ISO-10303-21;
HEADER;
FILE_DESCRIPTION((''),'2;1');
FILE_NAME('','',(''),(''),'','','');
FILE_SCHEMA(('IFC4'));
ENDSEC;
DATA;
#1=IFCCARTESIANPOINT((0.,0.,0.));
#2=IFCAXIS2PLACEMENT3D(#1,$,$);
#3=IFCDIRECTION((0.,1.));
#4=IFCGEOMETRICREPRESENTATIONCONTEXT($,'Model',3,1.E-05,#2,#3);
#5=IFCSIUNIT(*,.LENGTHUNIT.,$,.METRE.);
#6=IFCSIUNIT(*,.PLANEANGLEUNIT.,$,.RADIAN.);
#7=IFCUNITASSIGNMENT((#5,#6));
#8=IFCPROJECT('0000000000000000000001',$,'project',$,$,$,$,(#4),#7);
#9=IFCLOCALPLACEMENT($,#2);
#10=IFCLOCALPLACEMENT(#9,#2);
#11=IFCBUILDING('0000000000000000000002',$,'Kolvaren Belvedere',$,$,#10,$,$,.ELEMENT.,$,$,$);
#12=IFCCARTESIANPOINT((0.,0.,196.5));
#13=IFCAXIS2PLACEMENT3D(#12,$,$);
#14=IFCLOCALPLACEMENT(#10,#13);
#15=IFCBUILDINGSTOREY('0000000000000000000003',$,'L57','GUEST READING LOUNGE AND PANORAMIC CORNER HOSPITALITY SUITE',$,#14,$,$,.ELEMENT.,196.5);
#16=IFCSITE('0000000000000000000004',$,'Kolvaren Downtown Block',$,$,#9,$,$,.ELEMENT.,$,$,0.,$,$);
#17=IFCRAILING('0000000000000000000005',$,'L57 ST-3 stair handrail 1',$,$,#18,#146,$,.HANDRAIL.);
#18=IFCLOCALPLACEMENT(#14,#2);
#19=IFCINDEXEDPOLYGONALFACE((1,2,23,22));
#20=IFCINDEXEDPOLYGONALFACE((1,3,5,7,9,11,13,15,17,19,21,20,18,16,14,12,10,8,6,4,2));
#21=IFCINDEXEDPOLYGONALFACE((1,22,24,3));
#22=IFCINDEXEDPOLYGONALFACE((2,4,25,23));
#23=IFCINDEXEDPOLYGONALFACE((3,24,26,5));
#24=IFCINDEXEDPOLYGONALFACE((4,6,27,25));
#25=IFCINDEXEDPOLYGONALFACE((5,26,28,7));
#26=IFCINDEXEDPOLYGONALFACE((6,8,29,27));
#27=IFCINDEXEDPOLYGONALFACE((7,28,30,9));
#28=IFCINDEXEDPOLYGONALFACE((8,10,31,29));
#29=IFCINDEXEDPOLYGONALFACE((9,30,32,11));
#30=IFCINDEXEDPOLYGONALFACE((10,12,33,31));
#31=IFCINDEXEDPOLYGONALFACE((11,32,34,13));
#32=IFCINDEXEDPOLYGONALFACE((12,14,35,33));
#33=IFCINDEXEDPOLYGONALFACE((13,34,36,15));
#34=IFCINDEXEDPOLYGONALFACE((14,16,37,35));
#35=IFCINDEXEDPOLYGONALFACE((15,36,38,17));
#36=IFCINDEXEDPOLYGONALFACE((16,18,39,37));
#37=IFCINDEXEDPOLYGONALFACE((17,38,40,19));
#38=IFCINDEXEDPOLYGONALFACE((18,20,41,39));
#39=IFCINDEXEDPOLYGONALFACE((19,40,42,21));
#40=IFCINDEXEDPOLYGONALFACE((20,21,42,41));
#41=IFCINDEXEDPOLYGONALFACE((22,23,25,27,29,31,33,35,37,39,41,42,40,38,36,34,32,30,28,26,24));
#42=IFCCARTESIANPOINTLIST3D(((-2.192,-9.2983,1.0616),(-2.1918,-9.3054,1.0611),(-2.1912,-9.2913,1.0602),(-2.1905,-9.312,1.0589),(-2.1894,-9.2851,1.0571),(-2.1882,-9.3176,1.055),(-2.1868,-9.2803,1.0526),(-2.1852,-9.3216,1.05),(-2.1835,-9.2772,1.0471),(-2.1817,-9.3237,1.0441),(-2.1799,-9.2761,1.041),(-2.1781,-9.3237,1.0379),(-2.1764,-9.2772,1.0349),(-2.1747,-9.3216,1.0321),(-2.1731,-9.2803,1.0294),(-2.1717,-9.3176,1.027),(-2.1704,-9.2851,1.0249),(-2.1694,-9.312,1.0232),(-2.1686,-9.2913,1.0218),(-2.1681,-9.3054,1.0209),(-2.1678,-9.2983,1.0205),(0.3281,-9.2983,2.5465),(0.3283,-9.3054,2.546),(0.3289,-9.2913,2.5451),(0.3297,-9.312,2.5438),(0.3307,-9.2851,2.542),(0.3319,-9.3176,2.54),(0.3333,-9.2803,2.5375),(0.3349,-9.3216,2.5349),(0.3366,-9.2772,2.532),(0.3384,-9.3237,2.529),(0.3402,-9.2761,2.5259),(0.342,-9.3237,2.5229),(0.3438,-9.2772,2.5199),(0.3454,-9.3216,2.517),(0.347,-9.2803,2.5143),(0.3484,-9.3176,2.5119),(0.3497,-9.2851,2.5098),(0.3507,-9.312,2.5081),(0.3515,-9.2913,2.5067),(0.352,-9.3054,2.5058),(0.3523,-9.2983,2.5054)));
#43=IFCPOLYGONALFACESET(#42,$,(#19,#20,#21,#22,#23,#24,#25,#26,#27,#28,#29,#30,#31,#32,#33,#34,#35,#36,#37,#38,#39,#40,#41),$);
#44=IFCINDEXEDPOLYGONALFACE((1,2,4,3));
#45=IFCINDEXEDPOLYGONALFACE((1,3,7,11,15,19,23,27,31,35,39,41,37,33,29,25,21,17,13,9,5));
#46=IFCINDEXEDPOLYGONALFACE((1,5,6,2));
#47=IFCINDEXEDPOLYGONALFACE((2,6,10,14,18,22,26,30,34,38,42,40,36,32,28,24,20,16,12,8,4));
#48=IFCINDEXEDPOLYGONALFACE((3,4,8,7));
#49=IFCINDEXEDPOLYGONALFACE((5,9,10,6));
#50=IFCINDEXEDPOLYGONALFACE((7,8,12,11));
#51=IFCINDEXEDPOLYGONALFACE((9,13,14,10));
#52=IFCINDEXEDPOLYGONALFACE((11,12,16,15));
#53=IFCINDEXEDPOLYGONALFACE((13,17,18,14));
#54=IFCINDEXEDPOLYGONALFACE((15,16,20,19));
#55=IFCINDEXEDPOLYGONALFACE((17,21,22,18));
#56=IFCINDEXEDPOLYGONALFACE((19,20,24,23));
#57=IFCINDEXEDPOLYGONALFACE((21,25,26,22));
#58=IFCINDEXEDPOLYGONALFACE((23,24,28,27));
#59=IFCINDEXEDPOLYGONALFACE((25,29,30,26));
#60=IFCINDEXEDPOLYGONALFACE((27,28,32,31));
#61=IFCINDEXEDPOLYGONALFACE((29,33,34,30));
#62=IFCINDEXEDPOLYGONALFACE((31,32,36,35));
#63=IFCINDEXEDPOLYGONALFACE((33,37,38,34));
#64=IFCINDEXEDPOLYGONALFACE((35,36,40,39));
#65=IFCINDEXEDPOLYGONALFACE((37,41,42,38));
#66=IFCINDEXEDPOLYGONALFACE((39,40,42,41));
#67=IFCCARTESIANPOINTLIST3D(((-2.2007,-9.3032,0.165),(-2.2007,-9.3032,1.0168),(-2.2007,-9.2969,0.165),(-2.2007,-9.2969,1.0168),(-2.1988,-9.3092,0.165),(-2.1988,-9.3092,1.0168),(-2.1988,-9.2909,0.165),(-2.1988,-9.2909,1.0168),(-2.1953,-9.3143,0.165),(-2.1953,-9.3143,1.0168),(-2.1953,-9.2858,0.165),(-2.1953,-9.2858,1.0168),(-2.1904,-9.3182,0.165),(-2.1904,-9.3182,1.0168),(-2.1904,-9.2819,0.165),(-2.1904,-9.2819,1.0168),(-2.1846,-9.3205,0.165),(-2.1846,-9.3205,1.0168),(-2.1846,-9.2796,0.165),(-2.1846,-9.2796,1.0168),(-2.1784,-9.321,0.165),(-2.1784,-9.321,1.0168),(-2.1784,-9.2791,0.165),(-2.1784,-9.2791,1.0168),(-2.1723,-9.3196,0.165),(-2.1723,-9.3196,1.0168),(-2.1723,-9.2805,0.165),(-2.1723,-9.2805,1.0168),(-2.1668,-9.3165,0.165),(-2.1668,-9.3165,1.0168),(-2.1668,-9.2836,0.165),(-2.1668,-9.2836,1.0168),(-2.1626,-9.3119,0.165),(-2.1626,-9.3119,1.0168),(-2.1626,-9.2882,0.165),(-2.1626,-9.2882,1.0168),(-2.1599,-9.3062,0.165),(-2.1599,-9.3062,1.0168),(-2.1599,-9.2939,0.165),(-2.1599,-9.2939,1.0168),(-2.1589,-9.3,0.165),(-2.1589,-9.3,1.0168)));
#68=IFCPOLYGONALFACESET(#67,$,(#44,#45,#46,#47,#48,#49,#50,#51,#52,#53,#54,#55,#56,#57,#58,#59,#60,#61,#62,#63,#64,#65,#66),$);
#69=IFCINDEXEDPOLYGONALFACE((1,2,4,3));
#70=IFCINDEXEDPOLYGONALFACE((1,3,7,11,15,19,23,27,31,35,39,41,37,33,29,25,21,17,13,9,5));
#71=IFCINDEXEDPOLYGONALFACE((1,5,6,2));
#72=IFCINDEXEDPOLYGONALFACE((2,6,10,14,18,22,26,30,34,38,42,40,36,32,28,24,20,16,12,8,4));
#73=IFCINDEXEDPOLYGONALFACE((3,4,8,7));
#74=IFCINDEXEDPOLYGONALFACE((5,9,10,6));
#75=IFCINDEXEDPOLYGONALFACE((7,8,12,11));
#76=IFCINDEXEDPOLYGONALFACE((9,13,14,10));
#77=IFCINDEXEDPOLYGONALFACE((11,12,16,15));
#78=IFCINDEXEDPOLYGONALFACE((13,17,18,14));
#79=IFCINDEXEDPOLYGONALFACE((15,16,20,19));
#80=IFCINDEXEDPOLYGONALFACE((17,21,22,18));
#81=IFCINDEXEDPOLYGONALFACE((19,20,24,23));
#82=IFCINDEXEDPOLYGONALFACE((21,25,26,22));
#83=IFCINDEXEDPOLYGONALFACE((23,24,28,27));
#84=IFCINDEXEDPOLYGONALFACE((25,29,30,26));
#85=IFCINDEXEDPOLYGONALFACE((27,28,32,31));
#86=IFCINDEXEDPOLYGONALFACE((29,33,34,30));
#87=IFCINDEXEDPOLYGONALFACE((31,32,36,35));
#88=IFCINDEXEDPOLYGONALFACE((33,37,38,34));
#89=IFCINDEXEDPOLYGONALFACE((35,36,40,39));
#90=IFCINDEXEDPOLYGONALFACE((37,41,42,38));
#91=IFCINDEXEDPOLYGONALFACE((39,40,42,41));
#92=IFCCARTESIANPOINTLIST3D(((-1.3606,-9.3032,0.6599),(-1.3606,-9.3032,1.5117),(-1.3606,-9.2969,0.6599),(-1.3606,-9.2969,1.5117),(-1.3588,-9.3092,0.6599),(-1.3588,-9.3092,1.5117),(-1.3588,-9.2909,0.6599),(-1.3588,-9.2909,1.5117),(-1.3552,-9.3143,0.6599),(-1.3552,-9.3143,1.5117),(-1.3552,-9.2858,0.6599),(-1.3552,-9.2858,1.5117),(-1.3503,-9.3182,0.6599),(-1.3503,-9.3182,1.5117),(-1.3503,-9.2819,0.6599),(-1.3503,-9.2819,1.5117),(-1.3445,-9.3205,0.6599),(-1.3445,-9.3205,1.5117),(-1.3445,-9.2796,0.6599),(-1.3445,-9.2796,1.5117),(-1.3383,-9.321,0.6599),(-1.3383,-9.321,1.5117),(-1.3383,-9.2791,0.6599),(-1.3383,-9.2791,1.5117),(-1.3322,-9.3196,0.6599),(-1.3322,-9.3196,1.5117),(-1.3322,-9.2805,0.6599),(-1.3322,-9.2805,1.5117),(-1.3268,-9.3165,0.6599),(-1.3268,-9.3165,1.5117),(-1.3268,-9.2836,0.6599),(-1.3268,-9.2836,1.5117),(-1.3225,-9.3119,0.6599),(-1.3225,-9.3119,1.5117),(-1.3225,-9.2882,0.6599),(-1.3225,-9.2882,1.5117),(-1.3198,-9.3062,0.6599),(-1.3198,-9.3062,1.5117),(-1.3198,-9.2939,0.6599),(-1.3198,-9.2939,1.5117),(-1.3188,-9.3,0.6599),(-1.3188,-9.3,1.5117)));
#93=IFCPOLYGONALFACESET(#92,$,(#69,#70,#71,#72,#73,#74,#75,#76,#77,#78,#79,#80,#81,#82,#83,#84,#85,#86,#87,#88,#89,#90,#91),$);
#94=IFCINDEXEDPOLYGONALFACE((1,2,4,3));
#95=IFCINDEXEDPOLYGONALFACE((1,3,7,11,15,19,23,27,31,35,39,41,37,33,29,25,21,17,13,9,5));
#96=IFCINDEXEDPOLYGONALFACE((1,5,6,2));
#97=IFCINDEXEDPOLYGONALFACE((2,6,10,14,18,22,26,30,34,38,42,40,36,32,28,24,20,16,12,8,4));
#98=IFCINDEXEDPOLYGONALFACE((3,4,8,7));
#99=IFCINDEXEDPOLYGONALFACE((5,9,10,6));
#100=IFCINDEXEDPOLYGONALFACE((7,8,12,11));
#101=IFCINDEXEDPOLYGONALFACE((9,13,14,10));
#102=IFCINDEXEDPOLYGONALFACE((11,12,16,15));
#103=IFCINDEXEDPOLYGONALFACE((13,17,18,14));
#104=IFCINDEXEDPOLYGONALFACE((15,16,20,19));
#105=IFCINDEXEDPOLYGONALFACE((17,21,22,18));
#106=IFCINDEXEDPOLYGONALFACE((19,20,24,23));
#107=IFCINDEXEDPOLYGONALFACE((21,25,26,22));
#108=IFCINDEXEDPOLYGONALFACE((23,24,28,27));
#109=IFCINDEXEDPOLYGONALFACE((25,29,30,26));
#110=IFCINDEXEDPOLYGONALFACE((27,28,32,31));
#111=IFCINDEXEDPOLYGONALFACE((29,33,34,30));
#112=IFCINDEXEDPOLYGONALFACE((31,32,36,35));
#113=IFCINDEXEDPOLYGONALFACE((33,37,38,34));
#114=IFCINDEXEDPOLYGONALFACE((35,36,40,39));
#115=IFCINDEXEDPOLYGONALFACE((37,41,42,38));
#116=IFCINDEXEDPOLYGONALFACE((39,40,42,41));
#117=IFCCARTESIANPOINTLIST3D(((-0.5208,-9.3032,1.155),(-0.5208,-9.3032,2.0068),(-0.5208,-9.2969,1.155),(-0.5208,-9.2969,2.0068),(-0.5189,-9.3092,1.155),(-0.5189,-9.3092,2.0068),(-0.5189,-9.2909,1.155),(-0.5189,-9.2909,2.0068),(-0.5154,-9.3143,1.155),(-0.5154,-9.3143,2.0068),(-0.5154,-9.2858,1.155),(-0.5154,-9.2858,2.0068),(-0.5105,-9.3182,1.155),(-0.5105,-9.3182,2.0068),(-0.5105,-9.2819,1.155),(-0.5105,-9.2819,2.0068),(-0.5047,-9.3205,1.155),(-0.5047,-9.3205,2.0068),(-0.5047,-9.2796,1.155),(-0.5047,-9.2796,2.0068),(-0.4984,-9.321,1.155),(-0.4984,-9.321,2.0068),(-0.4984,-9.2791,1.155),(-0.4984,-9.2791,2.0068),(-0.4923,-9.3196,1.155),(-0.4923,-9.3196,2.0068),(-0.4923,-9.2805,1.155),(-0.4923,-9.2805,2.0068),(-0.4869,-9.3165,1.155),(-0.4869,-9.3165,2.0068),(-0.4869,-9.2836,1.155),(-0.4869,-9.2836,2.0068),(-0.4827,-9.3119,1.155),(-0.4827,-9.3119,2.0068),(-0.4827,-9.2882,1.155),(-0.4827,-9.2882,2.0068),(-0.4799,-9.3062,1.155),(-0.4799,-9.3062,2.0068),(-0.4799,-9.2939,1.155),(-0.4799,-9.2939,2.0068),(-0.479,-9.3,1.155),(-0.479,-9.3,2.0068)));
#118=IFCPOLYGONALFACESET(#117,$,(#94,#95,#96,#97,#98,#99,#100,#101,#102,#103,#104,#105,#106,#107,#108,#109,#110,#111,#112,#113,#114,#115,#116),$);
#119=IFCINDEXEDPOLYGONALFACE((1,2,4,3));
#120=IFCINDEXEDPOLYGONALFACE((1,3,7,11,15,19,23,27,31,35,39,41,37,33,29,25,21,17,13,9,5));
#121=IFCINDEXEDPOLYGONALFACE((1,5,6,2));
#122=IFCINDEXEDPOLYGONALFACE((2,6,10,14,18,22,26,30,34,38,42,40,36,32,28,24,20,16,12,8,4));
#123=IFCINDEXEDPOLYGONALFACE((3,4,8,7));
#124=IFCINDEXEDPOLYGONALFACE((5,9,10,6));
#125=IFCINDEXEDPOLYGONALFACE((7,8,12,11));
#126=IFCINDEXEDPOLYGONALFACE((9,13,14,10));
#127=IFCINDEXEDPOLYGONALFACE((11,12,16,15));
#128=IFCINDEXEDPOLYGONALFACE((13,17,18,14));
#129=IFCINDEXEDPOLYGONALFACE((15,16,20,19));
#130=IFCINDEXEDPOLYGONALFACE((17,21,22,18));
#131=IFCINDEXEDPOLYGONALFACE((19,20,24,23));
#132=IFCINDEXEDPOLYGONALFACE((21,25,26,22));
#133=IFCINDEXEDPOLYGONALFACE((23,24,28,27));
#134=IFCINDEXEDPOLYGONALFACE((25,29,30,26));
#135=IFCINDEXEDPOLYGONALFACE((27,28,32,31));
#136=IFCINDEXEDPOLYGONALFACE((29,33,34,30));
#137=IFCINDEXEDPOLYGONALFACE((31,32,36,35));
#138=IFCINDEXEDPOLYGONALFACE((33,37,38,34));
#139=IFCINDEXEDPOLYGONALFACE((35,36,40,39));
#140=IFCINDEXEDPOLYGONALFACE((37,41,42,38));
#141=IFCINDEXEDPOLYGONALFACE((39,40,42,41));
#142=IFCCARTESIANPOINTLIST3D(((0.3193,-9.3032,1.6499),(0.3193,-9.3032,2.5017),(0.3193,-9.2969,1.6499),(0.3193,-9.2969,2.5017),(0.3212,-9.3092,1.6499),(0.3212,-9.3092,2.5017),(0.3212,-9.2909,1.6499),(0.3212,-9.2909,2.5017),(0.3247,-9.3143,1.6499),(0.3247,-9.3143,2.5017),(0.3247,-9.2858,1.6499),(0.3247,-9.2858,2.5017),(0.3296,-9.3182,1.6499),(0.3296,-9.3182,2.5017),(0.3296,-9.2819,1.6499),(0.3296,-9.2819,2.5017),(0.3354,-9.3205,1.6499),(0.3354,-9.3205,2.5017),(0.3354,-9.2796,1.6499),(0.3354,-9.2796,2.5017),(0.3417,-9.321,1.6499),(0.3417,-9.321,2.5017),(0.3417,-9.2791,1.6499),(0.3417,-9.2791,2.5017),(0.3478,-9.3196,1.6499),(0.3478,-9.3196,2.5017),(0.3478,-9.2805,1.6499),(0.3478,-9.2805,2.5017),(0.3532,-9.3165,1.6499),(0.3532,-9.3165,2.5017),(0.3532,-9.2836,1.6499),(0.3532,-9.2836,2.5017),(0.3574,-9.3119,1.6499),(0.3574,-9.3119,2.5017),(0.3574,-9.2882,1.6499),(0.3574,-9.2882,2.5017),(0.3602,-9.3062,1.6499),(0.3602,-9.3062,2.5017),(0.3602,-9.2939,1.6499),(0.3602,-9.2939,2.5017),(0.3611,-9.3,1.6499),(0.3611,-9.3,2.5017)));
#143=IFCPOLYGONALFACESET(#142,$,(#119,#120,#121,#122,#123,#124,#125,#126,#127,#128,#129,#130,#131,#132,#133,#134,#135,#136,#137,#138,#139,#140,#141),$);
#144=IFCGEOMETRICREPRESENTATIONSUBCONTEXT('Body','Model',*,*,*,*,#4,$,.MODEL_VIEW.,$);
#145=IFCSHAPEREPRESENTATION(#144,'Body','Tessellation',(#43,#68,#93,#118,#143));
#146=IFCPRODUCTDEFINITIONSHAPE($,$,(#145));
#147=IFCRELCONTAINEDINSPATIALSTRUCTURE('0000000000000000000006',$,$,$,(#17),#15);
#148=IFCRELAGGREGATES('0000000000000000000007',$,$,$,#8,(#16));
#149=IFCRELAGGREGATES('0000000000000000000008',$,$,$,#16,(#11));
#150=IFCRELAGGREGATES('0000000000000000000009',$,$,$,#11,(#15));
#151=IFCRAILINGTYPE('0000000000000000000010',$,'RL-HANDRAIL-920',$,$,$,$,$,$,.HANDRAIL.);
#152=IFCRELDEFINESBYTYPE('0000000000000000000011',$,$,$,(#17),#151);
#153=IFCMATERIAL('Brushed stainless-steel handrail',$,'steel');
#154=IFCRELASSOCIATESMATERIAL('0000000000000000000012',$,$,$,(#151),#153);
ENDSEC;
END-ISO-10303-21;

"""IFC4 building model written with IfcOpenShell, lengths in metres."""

from ifc_helpers import new_model, si_unit, direction, frame, origin, origin_2d, place, context, subcontext, project, spatial, circle, extrude, material, type_object, element, save


model = new_model("IFC4")

# Units and contexts
model_context = context("Model", 3, precision=1e-05, world=origin(), true_north=direction((0.0, 1.0)))
body_context = subcontext(model_context, "Body", "Model", "MODEL_VIEW")
ifc_project = project(units=[si_unit("LENGTHUNIT", "METRE"), si_unit("PLANEANGLEUNIT", "RADIAN")], contexts=[model_context])

# Site, building, storey
site_placement = place(None, origin())
site = spatial("IfcSite", under=ifc_project, at=site_placement, Name="Kolvaren Downtown Block", CompositionType="ELEMENT", RefElevation=0.0)
building_placement = place(site_placement, origin())
building = spatial("IfcBuilding", under=site, at=building_placement, Name="Kolvaren Belvedere", CompositionType="ELEMENT")
storey_placement = place(building_placement, frame((0.0, 0.0, 196.5)))
storey = spatial("IfcBuildingStorey", under=building, at=storey_placement, Name="L57", Description="GUEST READING LOUNGE AND PANORAMIC CORNER HOSPITALITY SUITE", CompositionType="ELEMENT", Elevation=196.5)

# Railing
ifc_material_1 = material(Name="Brushed stainless-steel handrail", Category="steel")
railing_type_1 = type_object("IfcRailingType", Name="RL-HANDRAIL-920", PredefinedType="HANDRAIL", material=ifc_material_1)
railing_1_placement = place(storey_placement, frame((-2.1799, -9.3, 0.165)))
element("IfcRailing", 1, at=railing_1_placement, inside=storey, type_object=railing_type_1, Name="L57 ST-3 stair handrail 1", PredefinedType="HANDRAIL", context=body_context, shape_type="SweptSolid", body=[
    extrude(circle(Radius=0.0239, at=origin_2d()), frame((0.0, 0.0, 0.876), z_axis=(0.861561, 0.0, 0.507655), x_axis=(0.0, 1.0, 0.0)), (0.0, 0.0, 1.0), 2.925),
    extrude(circle(Radius=0.021, at=origin_2d()), origin(), (0.0, 0.0, 1.0), 0.8518),
    extrude(circle(Radius=0.021, at=origin_2d()), frame((0.8401, 0.0, 0.4949)), (0.0, 0.0, 1.0), 0.8518),
    extrude(circle(Radius=0.021, at=origin_2d()), frame((1.6799, 0.0, 0.99)), (0.0, 0.0, 1.0), 0.8518),
    extrude(circle(Radius=0.021, at=origin_2d()), frame((2.52, 0.0, 1.4849)), (0.0, 0.0, 1.0), 0.8518),
])

save(model, "model.ifc")
